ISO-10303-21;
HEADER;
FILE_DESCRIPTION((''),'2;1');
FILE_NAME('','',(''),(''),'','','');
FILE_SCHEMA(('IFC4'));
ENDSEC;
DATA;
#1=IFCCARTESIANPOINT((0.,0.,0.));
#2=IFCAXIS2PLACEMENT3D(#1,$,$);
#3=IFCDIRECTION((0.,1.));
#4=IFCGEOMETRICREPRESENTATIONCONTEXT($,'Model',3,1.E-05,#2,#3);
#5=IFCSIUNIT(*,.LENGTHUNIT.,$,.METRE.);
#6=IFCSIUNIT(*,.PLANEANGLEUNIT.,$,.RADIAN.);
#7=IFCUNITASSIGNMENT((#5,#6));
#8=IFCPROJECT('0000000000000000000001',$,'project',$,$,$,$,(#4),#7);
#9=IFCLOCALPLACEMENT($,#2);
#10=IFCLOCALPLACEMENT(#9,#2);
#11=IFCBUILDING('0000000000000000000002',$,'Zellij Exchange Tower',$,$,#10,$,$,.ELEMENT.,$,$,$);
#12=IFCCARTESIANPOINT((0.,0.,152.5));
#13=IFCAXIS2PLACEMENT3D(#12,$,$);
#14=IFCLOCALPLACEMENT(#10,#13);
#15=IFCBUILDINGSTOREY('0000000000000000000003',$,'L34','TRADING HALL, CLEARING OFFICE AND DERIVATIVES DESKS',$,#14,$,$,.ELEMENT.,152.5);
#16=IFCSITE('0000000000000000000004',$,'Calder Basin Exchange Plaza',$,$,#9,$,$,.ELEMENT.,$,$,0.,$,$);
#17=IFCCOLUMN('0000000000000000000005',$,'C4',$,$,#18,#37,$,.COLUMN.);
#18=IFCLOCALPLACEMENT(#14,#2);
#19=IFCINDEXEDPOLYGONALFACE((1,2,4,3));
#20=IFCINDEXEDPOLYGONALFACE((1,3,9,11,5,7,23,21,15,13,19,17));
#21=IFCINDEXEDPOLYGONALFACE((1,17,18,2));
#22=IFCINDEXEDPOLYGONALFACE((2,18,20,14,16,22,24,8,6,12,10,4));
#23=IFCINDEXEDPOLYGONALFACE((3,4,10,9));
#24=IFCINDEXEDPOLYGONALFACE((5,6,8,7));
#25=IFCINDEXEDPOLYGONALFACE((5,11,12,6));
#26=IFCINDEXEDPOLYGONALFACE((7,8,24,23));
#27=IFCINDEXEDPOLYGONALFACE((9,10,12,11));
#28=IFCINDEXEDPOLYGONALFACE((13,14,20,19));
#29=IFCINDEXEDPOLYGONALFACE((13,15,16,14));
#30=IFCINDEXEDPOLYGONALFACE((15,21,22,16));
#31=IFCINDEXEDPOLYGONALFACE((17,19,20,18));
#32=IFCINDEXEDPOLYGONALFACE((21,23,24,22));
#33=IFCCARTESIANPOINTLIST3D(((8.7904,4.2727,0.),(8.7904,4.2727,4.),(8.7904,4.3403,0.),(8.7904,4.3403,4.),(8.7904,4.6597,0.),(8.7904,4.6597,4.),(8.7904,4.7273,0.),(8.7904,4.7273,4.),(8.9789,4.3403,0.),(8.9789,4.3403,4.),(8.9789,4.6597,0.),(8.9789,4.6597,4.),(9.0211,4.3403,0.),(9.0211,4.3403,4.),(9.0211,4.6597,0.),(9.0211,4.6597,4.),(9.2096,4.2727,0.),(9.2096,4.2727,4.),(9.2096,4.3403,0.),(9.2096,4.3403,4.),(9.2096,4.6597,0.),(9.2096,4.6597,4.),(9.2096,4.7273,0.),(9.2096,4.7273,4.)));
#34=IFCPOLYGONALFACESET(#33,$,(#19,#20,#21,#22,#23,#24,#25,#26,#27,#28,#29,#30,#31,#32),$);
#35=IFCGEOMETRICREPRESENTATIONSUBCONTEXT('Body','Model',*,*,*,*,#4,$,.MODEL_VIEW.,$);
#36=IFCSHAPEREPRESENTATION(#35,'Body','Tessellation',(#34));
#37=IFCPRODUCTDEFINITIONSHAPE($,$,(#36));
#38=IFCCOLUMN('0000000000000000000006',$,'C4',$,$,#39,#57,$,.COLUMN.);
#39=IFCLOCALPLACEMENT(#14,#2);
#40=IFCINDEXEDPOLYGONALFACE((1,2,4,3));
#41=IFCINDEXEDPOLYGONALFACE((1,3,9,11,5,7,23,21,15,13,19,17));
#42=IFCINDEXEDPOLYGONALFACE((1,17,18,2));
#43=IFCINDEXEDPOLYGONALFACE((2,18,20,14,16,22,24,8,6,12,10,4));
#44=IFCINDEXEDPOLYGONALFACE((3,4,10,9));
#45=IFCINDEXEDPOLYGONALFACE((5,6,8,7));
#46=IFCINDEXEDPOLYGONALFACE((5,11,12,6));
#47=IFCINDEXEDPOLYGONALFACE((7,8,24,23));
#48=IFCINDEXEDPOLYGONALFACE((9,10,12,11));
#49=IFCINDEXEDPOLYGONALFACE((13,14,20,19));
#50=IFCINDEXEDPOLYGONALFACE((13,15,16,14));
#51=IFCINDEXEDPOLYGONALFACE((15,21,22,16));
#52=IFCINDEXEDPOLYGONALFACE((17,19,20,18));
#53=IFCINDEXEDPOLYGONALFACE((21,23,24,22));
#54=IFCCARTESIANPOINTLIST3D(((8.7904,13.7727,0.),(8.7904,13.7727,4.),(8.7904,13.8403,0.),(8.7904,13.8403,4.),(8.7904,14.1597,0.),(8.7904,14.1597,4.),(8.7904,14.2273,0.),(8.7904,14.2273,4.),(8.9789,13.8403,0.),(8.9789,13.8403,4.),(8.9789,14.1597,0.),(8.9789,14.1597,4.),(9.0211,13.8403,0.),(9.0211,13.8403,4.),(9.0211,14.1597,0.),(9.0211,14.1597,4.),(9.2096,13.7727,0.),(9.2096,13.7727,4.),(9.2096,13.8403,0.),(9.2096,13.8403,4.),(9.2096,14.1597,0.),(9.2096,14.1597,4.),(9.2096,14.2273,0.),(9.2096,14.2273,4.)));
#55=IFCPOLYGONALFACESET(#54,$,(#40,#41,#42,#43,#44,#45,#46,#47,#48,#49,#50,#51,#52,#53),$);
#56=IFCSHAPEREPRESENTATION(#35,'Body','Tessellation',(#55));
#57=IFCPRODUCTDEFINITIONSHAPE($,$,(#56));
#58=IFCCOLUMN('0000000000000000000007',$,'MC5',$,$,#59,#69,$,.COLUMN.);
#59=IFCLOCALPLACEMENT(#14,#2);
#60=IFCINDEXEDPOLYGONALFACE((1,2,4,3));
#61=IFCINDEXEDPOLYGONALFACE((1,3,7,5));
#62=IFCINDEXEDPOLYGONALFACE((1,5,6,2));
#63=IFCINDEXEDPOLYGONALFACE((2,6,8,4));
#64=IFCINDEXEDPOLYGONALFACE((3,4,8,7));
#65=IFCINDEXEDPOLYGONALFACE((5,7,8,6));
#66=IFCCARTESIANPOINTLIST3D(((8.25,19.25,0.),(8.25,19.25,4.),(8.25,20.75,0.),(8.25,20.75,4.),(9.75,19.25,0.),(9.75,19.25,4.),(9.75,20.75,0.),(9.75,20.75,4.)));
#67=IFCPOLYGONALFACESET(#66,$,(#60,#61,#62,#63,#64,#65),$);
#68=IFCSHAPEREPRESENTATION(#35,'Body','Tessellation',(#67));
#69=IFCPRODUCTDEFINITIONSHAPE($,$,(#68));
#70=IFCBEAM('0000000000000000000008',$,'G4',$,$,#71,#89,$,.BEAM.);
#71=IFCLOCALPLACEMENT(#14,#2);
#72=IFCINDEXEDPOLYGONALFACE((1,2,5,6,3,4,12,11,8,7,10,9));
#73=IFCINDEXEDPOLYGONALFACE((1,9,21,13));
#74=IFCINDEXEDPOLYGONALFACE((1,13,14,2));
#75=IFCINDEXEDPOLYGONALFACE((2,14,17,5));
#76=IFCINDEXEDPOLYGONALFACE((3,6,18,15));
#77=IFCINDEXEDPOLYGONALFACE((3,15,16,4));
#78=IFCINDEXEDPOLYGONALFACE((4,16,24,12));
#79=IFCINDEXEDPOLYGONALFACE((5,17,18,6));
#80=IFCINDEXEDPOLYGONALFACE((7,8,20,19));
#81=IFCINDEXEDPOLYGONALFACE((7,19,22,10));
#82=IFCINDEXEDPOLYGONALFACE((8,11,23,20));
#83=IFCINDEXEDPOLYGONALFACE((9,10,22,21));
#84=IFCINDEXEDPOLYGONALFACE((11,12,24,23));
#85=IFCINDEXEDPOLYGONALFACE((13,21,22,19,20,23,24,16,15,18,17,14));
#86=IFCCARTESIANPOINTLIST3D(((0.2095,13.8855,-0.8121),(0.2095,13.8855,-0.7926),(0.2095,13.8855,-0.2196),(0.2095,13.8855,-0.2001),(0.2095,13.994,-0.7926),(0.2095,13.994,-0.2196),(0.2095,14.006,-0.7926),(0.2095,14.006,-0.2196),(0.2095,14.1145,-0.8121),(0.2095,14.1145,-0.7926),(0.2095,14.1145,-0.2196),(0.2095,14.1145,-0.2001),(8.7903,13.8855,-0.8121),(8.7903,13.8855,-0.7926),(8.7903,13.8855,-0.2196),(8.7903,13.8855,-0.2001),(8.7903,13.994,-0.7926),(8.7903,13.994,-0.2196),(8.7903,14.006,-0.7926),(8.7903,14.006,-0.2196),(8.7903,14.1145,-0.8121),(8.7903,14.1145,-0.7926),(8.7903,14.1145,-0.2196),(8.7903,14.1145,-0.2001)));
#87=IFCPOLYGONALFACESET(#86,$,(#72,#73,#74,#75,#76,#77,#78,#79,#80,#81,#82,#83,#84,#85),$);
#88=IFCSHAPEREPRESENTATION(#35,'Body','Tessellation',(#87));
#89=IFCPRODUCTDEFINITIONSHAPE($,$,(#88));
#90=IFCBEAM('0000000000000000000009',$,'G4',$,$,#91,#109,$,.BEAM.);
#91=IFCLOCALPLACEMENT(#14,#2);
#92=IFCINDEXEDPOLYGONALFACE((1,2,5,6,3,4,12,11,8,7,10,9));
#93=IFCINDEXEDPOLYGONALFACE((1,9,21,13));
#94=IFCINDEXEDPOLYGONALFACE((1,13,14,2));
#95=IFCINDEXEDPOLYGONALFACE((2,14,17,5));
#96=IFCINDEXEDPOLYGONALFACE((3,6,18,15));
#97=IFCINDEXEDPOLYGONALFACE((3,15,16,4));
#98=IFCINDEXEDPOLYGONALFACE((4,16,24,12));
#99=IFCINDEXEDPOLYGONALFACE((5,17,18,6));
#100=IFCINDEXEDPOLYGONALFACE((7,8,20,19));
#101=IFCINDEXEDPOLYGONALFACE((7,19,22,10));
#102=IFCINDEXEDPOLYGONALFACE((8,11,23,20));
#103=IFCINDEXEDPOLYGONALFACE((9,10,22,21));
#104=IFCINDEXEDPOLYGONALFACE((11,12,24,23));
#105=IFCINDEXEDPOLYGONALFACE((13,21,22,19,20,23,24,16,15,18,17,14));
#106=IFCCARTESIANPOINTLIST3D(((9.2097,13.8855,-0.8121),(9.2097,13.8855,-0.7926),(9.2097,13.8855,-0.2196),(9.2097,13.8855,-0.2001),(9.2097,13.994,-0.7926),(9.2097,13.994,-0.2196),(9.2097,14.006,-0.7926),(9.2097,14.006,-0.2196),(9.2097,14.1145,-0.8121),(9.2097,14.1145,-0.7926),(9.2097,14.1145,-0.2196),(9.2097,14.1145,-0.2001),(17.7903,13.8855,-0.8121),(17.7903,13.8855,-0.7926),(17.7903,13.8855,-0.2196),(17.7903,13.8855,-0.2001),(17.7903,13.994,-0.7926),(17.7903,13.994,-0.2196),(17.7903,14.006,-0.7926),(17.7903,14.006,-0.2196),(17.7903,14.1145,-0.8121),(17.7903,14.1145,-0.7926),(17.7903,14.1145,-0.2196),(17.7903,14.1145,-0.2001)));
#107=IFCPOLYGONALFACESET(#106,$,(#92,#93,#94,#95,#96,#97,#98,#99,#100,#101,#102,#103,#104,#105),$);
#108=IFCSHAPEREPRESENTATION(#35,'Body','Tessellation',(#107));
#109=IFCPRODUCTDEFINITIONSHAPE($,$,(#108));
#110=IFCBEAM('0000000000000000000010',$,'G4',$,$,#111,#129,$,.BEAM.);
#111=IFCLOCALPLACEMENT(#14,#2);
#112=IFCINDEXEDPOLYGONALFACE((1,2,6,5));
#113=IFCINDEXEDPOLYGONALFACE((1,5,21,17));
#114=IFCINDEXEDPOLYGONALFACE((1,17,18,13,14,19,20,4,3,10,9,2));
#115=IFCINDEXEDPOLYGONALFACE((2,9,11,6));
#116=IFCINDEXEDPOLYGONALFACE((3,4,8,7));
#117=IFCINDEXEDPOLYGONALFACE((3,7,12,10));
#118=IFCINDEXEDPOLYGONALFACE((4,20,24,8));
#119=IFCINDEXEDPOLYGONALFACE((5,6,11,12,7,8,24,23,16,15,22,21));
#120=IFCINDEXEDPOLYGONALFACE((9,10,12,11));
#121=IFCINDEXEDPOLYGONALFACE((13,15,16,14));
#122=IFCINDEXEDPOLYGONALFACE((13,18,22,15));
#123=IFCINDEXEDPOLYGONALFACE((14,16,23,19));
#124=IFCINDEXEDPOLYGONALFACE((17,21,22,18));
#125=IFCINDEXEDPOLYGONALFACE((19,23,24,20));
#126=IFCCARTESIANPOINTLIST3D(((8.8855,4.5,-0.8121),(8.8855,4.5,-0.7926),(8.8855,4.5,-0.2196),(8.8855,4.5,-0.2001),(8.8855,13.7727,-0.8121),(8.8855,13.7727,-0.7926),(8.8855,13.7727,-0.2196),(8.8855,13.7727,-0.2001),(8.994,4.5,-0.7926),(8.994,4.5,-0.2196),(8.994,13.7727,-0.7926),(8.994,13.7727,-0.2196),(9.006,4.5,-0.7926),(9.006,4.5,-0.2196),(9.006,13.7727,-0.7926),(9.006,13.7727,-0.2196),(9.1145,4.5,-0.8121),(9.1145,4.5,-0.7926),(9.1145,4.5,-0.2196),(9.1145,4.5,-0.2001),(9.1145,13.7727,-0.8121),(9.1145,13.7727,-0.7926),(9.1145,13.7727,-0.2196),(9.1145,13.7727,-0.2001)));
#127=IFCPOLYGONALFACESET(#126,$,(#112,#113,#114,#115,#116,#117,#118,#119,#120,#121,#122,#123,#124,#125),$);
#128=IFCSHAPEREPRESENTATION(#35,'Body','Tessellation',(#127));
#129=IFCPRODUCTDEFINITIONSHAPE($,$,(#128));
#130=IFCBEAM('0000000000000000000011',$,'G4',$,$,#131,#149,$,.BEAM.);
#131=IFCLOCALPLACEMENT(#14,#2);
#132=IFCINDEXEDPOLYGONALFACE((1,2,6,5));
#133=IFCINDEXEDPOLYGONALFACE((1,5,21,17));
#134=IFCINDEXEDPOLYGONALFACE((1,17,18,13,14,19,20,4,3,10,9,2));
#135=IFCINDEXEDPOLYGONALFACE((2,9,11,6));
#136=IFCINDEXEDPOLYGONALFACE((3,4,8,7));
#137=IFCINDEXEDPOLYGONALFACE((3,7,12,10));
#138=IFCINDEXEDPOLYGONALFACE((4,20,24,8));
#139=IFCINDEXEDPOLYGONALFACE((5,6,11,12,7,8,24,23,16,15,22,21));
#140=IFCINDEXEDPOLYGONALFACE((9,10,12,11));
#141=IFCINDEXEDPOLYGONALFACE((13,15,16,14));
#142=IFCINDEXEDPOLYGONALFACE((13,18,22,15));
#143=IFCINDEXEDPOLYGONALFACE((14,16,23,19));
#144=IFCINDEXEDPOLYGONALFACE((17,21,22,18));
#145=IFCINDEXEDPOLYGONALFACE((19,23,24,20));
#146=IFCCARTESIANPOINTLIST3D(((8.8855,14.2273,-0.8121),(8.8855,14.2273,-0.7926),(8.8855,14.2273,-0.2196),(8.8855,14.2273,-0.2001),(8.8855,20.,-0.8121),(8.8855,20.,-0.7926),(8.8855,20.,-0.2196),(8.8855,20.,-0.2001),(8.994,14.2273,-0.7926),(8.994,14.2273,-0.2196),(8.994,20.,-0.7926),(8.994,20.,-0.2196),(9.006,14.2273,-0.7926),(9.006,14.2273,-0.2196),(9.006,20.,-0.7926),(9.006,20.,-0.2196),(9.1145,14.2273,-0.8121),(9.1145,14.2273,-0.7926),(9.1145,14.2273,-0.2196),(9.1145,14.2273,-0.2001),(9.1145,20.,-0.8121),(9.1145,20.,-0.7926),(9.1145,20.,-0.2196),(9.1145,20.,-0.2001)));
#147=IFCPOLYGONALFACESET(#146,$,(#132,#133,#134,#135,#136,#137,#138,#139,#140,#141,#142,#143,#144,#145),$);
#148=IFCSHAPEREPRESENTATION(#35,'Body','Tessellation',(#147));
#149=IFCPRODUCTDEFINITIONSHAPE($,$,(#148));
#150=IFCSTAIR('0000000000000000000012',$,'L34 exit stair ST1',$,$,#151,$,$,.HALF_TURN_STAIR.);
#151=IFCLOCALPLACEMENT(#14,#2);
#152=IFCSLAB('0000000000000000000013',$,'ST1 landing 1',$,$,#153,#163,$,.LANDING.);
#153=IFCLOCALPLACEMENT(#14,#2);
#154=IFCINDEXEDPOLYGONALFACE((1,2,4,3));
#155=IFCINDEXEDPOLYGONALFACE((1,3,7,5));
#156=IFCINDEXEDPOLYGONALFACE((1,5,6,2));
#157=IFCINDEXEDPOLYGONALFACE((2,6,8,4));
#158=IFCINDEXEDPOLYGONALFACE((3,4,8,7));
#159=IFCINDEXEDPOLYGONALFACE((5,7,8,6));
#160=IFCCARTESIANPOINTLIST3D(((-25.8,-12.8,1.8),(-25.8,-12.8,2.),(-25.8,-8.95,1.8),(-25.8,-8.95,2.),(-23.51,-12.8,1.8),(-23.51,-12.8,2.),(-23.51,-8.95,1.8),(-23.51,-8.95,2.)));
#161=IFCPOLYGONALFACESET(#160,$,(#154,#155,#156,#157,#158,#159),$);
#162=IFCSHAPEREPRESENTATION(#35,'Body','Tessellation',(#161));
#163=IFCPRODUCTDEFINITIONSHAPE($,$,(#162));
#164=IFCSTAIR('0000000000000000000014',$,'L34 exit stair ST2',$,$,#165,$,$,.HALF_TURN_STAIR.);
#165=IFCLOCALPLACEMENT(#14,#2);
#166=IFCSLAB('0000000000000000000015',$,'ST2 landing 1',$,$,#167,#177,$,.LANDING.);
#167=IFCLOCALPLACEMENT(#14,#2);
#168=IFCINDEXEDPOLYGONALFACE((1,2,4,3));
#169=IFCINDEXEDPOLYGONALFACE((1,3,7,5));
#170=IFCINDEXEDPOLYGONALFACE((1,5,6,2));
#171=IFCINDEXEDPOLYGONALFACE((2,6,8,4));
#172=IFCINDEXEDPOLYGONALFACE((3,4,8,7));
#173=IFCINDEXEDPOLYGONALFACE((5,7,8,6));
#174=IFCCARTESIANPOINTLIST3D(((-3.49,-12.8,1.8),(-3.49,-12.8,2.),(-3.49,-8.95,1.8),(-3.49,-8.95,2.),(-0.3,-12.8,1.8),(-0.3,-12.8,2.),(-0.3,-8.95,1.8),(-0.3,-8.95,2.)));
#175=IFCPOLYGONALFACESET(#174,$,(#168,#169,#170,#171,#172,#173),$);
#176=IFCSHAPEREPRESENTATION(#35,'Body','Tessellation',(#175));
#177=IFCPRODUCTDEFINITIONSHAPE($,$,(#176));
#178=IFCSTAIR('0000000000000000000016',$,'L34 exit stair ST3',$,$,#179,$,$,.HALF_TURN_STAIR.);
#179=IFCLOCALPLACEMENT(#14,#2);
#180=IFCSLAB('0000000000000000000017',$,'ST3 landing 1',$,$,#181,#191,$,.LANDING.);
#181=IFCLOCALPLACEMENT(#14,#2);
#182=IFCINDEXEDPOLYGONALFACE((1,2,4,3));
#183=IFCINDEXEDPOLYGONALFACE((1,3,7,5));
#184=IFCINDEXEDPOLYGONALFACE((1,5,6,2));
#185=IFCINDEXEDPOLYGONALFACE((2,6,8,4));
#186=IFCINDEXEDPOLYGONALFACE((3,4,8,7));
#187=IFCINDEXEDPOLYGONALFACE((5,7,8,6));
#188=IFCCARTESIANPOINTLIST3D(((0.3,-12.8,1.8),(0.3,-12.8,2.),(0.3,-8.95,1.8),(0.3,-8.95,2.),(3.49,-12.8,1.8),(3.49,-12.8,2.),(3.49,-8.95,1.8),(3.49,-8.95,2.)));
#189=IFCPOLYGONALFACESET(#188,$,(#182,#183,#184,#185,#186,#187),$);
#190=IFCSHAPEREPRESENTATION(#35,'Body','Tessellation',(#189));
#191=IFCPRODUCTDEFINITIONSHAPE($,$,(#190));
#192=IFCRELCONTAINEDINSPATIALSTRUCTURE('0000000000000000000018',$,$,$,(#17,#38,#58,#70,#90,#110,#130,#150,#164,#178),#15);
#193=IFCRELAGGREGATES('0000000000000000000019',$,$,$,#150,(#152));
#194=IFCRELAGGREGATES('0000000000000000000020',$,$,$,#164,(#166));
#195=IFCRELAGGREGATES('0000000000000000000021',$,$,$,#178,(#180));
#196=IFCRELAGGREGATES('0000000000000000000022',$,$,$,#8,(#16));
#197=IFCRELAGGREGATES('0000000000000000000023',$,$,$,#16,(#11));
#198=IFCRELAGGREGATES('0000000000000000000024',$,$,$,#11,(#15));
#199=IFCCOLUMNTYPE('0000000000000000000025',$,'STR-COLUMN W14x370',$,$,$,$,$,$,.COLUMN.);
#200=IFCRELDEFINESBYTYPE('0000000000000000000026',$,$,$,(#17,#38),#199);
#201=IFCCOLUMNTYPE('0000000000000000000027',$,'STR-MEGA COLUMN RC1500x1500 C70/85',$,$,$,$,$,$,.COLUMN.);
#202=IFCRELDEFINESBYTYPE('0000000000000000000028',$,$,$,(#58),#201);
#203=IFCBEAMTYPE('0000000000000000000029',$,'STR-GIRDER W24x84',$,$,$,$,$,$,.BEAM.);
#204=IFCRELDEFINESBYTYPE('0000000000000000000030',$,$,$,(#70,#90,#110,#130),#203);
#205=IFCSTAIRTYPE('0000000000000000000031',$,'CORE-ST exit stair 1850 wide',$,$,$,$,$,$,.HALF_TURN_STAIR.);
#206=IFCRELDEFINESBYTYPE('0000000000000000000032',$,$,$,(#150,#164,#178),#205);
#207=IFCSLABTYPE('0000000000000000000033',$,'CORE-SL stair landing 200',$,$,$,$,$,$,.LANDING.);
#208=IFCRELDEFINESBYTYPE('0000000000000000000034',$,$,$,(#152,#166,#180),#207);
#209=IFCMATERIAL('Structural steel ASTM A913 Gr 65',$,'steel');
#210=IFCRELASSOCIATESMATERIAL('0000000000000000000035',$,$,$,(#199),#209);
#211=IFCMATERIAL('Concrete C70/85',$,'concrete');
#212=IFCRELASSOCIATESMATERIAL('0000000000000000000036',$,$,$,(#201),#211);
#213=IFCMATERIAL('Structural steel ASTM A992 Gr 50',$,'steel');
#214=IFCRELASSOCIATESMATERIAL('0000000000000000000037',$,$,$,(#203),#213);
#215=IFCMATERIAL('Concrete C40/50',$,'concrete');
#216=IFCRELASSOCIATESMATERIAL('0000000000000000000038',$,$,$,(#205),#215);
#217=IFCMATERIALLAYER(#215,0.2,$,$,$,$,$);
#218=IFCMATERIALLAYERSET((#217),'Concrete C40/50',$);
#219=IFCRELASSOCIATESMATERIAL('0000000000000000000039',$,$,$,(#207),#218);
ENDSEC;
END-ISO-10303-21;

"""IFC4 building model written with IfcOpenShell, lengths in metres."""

from ifc_helpers import new_model, si_unit, direction, frame, origin, origin_2d, place, context, subcontext, project, spatial, polyline, rectangle, i_section, outline, extrude, material, layer, layer_set, material_profile, profile_set, type_object, element, aggregate, save


model = new_model("IFC4")

# Units and contexts
model_context = context("Model", 3, precision=1e-05, world=origin(), true_north=direction((0.0, 1.0)))
body_context = subcontext(model_context, "Body", "Model", "MODEL_VIEW")
ifc_project = project(units=[si_unit("LENGTHUNIT", "METRE"), si_unit("PLANEANGLEUNIT", "RADIAN")], contexts=[model_context])

# Site, building, storey
site_placement = place(None, origin())
site = spatial("IfcSite", under=ifc_project, at=site_placement, Name="Calder Basin Exchange Plaza", CompositionType="ELEMENT", RefElevation=0.0)
building_placement = place(site_placement, origin())
building = spatial("IfcBuilding", under=site, at=building_placement, Name="Zellij Exchange Tower", CompositionType="ELEMENT")
storey_placement = place(building_placement, frame((0.0, 0.0, 152.5)))
storey = spatial("IfcBuildingStorey", under=building, at=storey_placement, Name="L34", Description="TRADING HALL, CLEARING OFFICE AND DERIVATIVES DESKS", CompositionType="ELEMENT", Elevation=152.5)

# Columns
ifc_material_1 = material(Name="Structural steel ASTM A913 Gr 65", Category="steel")
ifc_material_profile_1 = material_profile(ifc_material_1, i_section(OverallWidth=0.4192, OverallDepth=0.4546, WebThickness=0.0422, FlangeThickness=0.0676, at=origin_2d()), Name="W14x370")
ifc_profile_set_1 = profile_set([ifc_material_profile_1], Name="Structural steel ASTM A913 Gr 65")
column_type_1 = type_object("IfcColumnType", Name="STR-COLUMN W14x370", PredefinedType="COLUMN", material=ifc_profile_set_1)
for number, where, z_axis, x_axis, name in (
    (1, (9.0, 4.5, 0.0), (0.0, 0.0, 1.0), (1.0, 0.0, 0.0), "C4"),
    (2, (9.0, 14.0, 0.0), (0.0, 0.0, 1.0), (1.0, 0.0, 0.0), "C4"),
):
    element("IfcColumn", number, at=place(storey_placement, frame(where, z_axis=z_axis, x_axis=x_axis)), inside=storey, type_object=column_type_1, Name=name, PredefinedType="COLUMN", context=body_context, shape_type="SweptSolid", body=[
        extrude(i_section(OverallWidth=0.4192, OverallDepth=0.4546, WebThickness=0.0422, FlangeThickness=0.0676, at=origin_2d()), origin(), (0.0, 0.0, 1.0), 4.0),
    ])
ifc_material_2 = material(Name="Concrete C70/85", Category="concrete")
ifc_material_profile_2 = material_profile(ifc_material_2, rectangle(XDim=1.5, YDim=1.5, at=origin_2d()), Name="STR-MEGA COLUMN RC1500x1500 C70/85")
ifc_profile_set_2 = profile_set([ifc_material_profile_2], Name="Concrete C70/85")
column_type_2 = type_object("IfcColumnType", Name="STR-MEGA COLUMN RC1500x1500 C70/85", PredefinedType="COLUMN", material=ifc_profile_set_2)
column_placement = place(storey_placement, frame((9.0, 20.0, 0.0), z_axis=(0.0, 0.0, 1.0), x_axis=(1.0, 0.0, 0.0)))
element("IfcColumn", 3, at=column_placement, inside=storey, type_object=column_type_2, Name="MC5", PredefinedType="COLUMN", context=body_context, shape_type="SweptSolid", body=[
    extrude(rectangle(XDim=1.5, YDim=1.5, at=origin_2d()), origin(), (0.0, 0.0, 1.0), 4.0),
])

# Beams
ifc_material_3 = material(Name="Structural steel ASTM A992 Gr 50", Category="steel")
ifc_material_profile_3 = material_profile(ifc_material_3, i_section(OverallWidth=0.229, OverallDepth=0.6121, WebThickness=0.012, FlangeThickness=0.0195, at=origin_2d()), Name="W24x84")
ifc_profile_set_3 = profile_set([ifc_material_profile_3], Name="Structural steel ASTM A992 Gr 50")
beam_type = type_object("IfcBeamType", Name="STR-GIRDER W24x84", PredefinedType="BEAM", material=ifc_profile_set_3)
beam_1_placement = place(storey_placement, frame((0.2095, 14.0, -0.5061), z_axis=(1.0, 0.0, 0.0), x_axis=(0.0, 1.0, 0.0)))
element("IfcBeam", 4, at=beam_1_placement, inside=storey, type_object=beam_type, Name="G4", PredefinedType="BEAM", context=body_context, shape_type="SweptSolid", body=[
    extrude(i_section(OverallWidth=0.229, OverallDepth=0.6121, WebThickness=0.012, FlangeThickness=0.0195, at=origin_2d()), origin(), (0.0, 0.0, 1.0), 8.5808),
])
beam_2_placement = place(storey_placement, frame((9.2097, 14.0, -0.5061), z_axis=(1.0, 0.0, 0.0), x_axis=(0.0, 1.0, 0.0)))
element("IfcBeam", 5, at=beam_2_placement, inside=storey, type_object=beam_type, Name="G4", PredefinedType="BEAM", context=body_context, shape_type="SweptSolid", body=[
    extrude(i_section(OverallWidth=0.229, OverallDepth=0.6121, WebThickness=0.012, FlangeThickness=0.0195, at=origin_2d()), origin(), (0.0, 0.0, 1.0), 8.5806),
])
beam_3_placement = place(storey_placement, frame((9.0, 4.5, -0.5061), z_axis=(0.0, 1.0, 0.0), x_axis=(-1.0, 0.0, 0.0)))
element("IfcBeam", 6, at=beam_3_placement, inside=storey, type_object=beam_type, Name="G4", PredefinedType="BEAM", context=body_context, shape_type="SweptSolid", body=[
    extrude(i_section(OverallWidth=0.229, OverallDepth=0.6121, WebThickness=0.012, FlangeThickness=0.0195, at=origin_2d()), origin(), (0.0, 0.0, 1.0), 9.2727),
])
beam_4_placement = place(storey_placement, frame((9.0, 14.2273, -0.5061), z_axis=(0.0, 1.0, 0.0), x_axis=(-1.0, 0.0, 0.0)))
element("IfcBeam", 7, at=beam_4_placement, inside=storey, type_object=beam_type, Name="G4", PredefinedType="BEAM", context=body_context, shape_type="SweptSolid", body=[
    extrude(i_section(OverallWidth=0.229, OverallDepth=0.6121, WebThickness=0.012, FlangeThickness=0.0195, at=origin_2d()), origin(), (0.0, 0.0, 1.0), 5.7727),
])

# Stairs, slabs
ifc_material_4 = material(Name="Concrete C40/50", Category="concrete")
stair_type = type_object("IfcStairType", Name="CORE-ST exit stair 1850 wide", PredefinedType="HALF_TURN_STAIR", material=ifc_material_4)
stair_1_placement = place(storey_placement, origin())
stair_1 = element("IfcStair", 8, at=stair_1_placement, inside=storey, type_object=stair_type, Name="L34 exit stair ST1", PredefinedType="HALF_TURN_STAIR")
ifc_layer_1 = layer(ifc_material_4, 0.2)
ifc_layer_set_1 = layer_set([ifc_layer_1], Name="Concrete C40/50")
slab_type = type_object("IfcSlabType", Name="CORE-SL stair landing 200", PredefinedType="LANDING", material=ifc_layer_set_1)
slab_1_placement = place(storey_placement, frame((0.0, 0.0, 1.8)))
slab_1 = element("IfcSlab", 9, at=slab_1_placement, type_object=slab_type, Name="ST1 landing 1", PredefinedType="LANDING", context=body_context, shape_type="SweptSolid", body=[
    extrude(outline(polyline([(-23.51, -8.95), (-25.8, -8.95), (-25.8, -12.8), (-23.51, -12.8), (-23.51, -8.95)])), origin(), (0.0, 0.0, 1.0), 0.2),
])
aggregate(stair_1, [slab_1])
stair_2_placement = place(storey_placement, origin())
stair_2 = element("IfcStair", 10, at=stair_2_placement, inside=storey, type_object=stair_type, Name="L34 exit stair ST2", PredefinedType="HALF_TURN_STAIR")
slab_2_placement = place(storey_placement, frame((0.0, 0.0, 1.8)))
slab_2 = element("IfcSlab", 11, at=slab_2_placement, type_object=slab_type, Name="ST2 landing 1", PredefinedType="LANDING", context=body_context, shape_type="SweptSolid", body=[
    extrude(outline(polyline([(-3.49, -12.8), (-0.3, -12.8), (-0.3, -8.95), (-3.49, -8.95), (-3.49, -12.8)])), origin(), (0.0, 0.0, 1.0), 0.2),
])
aggregate(stair_2, [slab_2])
stair_3_placement = place(storey_placement, origin())
stair_3 = element("IfcStair", 12, at=stair_3_placement, inside=storey, type_object=stair_type, Name="L34 exit stair ST3", PredefinedType="HALF_TURN_STAIR")
slab_3_placement = place(storey_placement, frame((0.0, 0.0, 1.8)))
slab_3 = element("IfcSlab", 13, at=slab_3_placement, type_object=slab_type, Name="ST3 landing 1", PredefinedType="LANDING", context=body_context, shape_type="SweptSolid", body=[
    extrude(outline(polyline([(3.49, -8.95), (0.3, -8.95), (0.3, -12.8), (3.49, -12.8), (3.49, -8.95)])), origin(), (0.0, 0.0, 1.0), 0.2),
])
aggregate(stair_3, [slab_3])

save(model, "model.ifc")
